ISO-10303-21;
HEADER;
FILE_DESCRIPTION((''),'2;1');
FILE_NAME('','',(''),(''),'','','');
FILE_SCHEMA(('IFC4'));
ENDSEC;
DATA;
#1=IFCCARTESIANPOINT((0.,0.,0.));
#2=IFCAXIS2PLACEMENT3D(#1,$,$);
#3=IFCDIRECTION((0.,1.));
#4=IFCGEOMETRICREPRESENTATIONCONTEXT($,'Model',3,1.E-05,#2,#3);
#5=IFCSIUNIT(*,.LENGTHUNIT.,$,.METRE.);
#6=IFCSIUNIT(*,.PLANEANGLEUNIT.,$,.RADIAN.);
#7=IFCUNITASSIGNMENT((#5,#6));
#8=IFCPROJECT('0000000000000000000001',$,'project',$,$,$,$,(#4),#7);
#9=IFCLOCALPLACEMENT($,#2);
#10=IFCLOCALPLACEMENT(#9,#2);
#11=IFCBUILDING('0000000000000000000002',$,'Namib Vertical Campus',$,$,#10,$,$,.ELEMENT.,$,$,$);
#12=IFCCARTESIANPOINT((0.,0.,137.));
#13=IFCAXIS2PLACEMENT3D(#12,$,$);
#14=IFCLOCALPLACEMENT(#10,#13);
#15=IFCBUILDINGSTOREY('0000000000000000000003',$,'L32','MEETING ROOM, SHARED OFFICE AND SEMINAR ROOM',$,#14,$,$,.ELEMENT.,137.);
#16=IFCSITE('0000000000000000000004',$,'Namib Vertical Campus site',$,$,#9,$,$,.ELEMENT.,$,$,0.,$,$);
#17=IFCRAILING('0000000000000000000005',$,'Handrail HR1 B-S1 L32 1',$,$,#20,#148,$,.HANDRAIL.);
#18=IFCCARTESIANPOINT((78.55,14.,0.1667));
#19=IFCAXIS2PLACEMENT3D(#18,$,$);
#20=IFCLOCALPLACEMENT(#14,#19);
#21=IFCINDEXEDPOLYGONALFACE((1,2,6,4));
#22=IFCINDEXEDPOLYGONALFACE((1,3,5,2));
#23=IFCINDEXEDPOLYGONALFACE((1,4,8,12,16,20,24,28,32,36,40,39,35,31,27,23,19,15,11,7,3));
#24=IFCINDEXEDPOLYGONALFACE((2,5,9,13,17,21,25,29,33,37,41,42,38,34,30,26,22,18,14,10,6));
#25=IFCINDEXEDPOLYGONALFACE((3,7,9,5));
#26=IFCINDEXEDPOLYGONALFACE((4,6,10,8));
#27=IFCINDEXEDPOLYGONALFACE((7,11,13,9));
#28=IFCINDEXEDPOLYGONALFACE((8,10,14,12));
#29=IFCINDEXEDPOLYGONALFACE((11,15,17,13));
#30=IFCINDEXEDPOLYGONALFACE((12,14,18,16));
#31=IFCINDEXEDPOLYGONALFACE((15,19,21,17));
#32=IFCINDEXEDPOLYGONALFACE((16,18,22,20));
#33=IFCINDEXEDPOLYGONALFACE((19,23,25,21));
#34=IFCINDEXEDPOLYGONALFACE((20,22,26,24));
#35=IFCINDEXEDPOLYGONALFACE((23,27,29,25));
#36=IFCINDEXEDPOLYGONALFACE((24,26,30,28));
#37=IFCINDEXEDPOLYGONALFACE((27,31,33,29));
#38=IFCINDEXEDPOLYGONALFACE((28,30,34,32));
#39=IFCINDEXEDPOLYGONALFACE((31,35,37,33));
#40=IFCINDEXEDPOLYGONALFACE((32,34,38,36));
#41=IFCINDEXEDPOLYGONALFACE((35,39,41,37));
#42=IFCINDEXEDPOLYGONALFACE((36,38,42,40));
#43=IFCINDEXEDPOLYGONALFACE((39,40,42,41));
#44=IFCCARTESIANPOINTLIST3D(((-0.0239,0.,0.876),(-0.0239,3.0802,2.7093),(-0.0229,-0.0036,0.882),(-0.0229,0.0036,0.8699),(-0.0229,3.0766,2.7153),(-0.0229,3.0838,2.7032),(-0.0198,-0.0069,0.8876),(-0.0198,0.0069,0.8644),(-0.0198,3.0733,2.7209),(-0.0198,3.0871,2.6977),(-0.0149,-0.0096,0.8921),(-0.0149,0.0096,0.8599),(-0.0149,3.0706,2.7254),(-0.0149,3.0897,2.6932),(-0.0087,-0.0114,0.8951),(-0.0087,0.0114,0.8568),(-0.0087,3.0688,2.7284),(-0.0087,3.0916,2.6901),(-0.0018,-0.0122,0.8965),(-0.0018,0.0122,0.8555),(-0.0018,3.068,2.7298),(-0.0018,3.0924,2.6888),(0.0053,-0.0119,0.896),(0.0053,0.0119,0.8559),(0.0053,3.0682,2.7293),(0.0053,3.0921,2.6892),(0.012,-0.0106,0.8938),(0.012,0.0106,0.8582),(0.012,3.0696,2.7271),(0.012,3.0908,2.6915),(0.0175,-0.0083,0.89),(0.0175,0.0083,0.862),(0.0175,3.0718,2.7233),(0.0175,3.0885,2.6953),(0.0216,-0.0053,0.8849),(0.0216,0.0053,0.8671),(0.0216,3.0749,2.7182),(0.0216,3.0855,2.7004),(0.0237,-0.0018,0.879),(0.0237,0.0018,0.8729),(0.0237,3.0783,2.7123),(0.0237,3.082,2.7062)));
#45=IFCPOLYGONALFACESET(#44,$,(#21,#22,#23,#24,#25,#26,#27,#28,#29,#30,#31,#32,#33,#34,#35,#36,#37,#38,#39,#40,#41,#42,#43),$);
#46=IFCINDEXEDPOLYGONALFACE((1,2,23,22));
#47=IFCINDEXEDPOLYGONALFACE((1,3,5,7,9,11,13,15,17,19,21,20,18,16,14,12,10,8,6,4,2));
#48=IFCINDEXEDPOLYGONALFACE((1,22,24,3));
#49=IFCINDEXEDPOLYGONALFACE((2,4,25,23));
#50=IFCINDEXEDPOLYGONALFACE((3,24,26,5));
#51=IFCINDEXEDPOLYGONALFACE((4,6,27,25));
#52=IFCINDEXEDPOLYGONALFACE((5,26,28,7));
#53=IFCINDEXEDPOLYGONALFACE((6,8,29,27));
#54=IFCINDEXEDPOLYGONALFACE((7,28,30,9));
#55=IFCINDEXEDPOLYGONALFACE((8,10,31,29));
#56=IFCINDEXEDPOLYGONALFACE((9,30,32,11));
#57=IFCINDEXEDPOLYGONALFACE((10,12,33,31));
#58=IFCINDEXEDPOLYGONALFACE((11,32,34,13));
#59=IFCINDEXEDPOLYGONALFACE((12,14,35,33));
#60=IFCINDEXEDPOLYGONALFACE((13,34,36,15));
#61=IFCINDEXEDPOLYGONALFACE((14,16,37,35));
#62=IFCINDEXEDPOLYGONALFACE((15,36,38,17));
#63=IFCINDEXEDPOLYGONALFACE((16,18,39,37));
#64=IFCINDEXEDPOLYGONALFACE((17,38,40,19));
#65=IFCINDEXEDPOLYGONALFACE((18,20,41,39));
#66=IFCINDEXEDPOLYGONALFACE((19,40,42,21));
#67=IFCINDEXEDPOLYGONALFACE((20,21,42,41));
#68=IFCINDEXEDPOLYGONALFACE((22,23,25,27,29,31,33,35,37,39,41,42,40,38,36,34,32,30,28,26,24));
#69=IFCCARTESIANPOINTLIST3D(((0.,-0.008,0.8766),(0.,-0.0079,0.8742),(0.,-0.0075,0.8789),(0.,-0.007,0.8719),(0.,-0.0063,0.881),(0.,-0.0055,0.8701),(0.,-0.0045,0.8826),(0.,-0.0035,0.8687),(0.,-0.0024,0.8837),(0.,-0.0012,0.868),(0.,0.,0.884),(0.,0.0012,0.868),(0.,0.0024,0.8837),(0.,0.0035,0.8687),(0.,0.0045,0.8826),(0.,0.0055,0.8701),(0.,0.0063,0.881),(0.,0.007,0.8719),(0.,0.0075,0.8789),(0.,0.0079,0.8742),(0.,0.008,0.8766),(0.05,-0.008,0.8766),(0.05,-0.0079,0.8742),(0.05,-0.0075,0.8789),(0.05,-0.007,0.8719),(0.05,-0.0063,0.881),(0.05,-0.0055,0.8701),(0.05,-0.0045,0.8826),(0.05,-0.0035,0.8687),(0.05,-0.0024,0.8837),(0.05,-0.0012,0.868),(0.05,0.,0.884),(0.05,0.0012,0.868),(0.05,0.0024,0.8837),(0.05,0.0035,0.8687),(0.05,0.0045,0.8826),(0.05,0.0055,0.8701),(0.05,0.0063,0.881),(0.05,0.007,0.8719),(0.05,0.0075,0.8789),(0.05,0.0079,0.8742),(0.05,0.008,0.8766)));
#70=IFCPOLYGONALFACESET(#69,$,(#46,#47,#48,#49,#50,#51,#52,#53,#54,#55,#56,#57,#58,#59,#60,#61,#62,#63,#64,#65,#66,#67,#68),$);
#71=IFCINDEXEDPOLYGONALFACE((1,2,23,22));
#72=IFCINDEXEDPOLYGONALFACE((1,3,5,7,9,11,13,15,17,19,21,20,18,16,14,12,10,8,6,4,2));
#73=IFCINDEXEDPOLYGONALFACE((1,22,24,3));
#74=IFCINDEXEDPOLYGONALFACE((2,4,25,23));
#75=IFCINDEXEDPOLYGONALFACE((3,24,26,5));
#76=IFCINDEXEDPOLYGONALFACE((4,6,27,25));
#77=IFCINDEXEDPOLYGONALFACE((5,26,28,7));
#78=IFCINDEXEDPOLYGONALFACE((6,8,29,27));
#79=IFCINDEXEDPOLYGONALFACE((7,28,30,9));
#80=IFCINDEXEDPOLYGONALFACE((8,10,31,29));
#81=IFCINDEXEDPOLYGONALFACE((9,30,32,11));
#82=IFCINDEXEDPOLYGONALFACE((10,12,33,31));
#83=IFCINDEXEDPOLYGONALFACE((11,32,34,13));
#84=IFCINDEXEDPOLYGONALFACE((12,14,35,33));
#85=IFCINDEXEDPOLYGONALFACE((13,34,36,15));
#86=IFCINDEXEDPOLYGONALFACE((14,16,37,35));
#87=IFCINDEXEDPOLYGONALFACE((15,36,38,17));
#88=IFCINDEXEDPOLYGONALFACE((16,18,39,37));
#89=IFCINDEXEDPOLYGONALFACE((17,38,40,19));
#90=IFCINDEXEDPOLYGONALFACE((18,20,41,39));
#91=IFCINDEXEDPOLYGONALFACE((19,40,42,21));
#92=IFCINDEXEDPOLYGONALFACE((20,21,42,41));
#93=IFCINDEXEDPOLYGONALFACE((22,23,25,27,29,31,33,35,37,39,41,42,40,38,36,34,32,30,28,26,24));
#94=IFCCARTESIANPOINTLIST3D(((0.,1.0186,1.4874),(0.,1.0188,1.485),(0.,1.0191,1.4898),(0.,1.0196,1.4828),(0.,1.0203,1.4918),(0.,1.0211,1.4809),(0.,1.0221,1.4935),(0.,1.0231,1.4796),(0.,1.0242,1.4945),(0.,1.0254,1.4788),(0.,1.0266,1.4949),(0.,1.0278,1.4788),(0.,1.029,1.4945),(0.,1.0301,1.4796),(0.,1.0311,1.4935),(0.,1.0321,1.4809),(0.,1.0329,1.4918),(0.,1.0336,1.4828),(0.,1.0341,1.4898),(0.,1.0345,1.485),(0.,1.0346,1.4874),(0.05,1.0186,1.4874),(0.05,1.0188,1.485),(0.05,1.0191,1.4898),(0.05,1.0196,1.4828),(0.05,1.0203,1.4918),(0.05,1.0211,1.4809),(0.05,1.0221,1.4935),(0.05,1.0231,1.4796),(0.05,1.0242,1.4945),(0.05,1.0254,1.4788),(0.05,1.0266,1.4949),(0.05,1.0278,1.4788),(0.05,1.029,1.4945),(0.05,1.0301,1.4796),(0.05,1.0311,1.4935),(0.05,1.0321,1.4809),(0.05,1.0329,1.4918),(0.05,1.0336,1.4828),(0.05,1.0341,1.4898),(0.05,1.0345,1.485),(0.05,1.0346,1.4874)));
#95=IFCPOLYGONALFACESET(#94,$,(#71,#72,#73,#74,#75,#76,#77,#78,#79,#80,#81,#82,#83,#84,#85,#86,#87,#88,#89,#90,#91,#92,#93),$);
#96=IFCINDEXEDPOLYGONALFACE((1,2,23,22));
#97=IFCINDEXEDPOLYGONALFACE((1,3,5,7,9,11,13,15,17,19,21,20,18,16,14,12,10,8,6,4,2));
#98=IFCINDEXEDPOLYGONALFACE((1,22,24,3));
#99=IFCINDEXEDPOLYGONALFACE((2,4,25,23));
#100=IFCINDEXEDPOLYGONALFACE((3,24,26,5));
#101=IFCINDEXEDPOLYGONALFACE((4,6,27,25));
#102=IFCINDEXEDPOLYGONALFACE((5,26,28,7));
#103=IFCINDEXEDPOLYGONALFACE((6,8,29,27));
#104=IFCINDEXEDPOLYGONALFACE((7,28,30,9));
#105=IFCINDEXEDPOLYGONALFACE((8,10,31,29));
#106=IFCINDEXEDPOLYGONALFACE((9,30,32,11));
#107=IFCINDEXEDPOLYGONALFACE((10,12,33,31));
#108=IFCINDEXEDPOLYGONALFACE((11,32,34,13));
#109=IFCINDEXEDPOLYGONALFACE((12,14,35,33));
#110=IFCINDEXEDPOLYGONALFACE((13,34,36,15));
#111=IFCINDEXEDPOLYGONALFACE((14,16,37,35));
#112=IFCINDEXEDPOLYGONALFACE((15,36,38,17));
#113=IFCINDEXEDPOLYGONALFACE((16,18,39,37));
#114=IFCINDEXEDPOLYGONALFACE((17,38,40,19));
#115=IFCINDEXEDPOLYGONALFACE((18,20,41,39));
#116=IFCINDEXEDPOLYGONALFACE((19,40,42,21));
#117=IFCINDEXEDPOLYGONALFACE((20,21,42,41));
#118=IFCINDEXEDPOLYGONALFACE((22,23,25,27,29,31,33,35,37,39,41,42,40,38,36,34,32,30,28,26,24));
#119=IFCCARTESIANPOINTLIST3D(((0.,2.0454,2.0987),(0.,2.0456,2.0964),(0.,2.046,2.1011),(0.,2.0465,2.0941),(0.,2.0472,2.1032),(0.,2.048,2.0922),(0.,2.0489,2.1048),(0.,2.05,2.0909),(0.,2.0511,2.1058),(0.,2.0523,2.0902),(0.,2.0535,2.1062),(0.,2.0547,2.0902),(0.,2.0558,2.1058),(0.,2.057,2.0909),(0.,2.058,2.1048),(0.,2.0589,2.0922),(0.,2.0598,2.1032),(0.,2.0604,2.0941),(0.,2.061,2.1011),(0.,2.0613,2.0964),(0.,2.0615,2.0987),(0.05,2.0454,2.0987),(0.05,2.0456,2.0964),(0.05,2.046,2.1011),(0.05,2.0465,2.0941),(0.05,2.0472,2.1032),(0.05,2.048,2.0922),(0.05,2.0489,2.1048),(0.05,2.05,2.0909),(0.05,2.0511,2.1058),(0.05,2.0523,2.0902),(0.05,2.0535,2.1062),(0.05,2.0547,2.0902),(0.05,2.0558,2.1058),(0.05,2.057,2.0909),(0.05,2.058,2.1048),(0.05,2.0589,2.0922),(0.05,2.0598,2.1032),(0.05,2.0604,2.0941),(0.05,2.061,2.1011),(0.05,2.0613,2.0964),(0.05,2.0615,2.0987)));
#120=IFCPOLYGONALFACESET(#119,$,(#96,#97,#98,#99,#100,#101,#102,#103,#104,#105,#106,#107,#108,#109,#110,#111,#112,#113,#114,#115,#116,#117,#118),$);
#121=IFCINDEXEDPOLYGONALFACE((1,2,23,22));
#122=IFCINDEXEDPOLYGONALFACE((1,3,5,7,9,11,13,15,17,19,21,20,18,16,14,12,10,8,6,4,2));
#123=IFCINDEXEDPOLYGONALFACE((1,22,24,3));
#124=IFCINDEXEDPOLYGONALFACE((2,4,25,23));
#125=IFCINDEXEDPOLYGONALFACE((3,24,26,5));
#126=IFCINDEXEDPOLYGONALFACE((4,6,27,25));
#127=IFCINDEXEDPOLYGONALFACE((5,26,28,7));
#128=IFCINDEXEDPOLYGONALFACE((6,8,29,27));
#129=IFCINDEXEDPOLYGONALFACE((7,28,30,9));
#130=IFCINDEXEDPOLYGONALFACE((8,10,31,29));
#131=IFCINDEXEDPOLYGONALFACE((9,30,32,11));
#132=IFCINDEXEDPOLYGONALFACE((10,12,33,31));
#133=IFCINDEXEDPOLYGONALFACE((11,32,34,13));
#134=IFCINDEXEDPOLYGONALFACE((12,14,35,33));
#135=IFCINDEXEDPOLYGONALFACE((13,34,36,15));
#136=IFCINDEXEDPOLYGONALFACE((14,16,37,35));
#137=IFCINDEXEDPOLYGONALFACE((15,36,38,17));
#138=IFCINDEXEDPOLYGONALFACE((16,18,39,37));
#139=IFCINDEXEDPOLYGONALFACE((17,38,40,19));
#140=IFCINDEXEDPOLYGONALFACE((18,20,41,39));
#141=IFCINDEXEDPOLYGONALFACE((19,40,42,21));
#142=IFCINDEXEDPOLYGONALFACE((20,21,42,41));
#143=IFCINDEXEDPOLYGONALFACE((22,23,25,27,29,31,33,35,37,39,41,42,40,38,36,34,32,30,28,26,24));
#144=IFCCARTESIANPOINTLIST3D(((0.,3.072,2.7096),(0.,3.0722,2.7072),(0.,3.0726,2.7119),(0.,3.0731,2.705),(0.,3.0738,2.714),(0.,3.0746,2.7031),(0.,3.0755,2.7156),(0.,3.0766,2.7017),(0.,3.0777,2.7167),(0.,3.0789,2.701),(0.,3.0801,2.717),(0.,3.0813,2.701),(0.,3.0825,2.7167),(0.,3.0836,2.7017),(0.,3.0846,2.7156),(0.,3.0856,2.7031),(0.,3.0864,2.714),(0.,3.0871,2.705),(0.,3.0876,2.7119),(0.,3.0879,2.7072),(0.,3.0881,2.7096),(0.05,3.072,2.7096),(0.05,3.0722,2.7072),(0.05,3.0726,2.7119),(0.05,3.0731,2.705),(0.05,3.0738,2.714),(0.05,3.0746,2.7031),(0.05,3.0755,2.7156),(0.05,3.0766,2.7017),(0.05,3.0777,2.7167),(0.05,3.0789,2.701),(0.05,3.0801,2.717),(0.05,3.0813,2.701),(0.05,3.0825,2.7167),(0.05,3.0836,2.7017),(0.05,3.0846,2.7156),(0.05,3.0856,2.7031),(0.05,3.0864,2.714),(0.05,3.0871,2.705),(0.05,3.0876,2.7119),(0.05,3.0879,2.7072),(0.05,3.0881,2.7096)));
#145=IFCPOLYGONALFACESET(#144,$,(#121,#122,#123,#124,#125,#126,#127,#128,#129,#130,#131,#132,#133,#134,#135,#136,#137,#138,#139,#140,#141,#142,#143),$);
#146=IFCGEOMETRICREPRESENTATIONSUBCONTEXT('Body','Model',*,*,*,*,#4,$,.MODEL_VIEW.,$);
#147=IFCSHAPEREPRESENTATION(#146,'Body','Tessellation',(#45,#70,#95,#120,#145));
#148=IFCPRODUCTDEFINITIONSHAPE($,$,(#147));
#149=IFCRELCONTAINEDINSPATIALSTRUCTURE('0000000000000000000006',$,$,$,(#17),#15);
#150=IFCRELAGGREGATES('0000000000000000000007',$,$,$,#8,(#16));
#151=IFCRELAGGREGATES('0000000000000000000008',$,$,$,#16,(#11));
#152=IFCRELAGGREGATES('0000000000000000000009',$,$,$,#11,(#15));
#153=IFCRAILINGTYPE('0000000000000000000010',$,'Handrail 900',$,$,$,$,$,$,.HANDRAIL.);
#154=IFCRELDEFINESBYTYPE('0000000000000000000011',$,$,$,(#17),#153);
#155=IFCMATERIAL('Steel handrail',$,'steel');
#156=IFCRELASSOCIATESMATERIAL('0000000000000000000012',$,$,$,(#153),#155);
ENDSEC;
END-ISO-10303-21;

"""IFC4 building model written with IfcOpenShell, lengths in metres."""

from ifc_helpers import new_model, si_unit, direction, frame, origin, origin_2d, place, context, subcontext, project, spatial, circle, extrude, material, type_object, element, save


model = new_model("IFC4")

# Units and contexts
model_context = context("Model", 3, precision=1e-05, world=origin(), true_north=direction((0.0, 1.0)))
body_context = subcontext(model_context, "Body", "Model", "MODEL_VIEW")
ifc_project = project(units=[si_unit("LENGTHUNIT", "METRE"), si_unit("PLANEANGLEUNIT", "RADIAN")], contexts=[model_context])

# Site, building, storey
site_placement = place(None, origin())
site = spatial("IfcSite", under=ifc_project, at=site_placement, Name="Namib Vertical Campus site", CompositionType="ELEMENT", RefElevation=0.0)
building_placement = place(site_placement, origin())
building = spatial("IfcBuilding", under=site, at=building_placement, Name="Namib Vertical Campus", CompositionType="ELEMENT")
storey_placement = place(building_placement, frame((0.0, 0.0, 137.0)))
storey = spatial("IfcBuildingStorey", under=building, at=storey_placement, Name="L32", Description="MEETING ROOM, SHARED OFFICE AND SEMINAR ROOM", CompositionType="ELEMENT", Elevation=137.0)

# Railing
ifc_material_1 = material(Name="Steel handrail", Category="steel")
railing_type_1 = type_object("IfcRailingType", Name="Handrail 900", PredefinedType="HANDRAIL", material=ifc_material_1)
railing_1_placement = place(storey_placement, frame((78.55, 14.0, 0.1667)))
element("IfcRailing", 1, at=railing_1_placement, inside=storey, type_object=railing_type_1, Name="Handrail HR1 B-S1 L32 1", PredefinedType="HANDRAIL", context=body_context, shape_type="SweptSolid", body=[
    extrude(circle(Radius=0.0239, at=origin_2d()), frame((0.0, 0.0, 0.876), z_axis=(0.0, 0.859309, 0.511458), x_axis=(-1.0, 0.0, 0.0)), (0.0, 0.0, 1.0), 3.5845),
    extrude(circle(Radius=0.0081, at=origin_2d()), frame((0.0, 0.0, 0.876), z_axis=(1.0, 0.0, 0.0), x_axis=(0.0, 0.0, 1.0)), (0.0, 0.0, 1.0), 0.05),
    extrude(circle(Radius=0.0081, at=origin_2d()), frame((0.0, 1.0266, 1.4868), z_axis=(1.0, 0.0, 0.0), x_axis=(0.0, 0.0, 1.0)), (0.0, 0.0, 1.0), 0.05),
    extrude(circle(Radius=0.0081, at=origin_2d()), frame((0.0, 2.0535, 2.0981), z_axis=(1.0, 0.0, 0.0), x_axis=(0.0, 0.0, 1.0)), (0.0, 0.0, 1.0), 0.05),
    extrude(circle(Radius=0.0081, at=origin_2d()), frame((0.0, 3.0801, 2.709), z_axis=(1.0, 0.0, 0.0), x_axis=(0.0, 0.0, 1.0)), (0.0, 0.0, 1.0), 0.05),
])

save(model, "model.ifc")
